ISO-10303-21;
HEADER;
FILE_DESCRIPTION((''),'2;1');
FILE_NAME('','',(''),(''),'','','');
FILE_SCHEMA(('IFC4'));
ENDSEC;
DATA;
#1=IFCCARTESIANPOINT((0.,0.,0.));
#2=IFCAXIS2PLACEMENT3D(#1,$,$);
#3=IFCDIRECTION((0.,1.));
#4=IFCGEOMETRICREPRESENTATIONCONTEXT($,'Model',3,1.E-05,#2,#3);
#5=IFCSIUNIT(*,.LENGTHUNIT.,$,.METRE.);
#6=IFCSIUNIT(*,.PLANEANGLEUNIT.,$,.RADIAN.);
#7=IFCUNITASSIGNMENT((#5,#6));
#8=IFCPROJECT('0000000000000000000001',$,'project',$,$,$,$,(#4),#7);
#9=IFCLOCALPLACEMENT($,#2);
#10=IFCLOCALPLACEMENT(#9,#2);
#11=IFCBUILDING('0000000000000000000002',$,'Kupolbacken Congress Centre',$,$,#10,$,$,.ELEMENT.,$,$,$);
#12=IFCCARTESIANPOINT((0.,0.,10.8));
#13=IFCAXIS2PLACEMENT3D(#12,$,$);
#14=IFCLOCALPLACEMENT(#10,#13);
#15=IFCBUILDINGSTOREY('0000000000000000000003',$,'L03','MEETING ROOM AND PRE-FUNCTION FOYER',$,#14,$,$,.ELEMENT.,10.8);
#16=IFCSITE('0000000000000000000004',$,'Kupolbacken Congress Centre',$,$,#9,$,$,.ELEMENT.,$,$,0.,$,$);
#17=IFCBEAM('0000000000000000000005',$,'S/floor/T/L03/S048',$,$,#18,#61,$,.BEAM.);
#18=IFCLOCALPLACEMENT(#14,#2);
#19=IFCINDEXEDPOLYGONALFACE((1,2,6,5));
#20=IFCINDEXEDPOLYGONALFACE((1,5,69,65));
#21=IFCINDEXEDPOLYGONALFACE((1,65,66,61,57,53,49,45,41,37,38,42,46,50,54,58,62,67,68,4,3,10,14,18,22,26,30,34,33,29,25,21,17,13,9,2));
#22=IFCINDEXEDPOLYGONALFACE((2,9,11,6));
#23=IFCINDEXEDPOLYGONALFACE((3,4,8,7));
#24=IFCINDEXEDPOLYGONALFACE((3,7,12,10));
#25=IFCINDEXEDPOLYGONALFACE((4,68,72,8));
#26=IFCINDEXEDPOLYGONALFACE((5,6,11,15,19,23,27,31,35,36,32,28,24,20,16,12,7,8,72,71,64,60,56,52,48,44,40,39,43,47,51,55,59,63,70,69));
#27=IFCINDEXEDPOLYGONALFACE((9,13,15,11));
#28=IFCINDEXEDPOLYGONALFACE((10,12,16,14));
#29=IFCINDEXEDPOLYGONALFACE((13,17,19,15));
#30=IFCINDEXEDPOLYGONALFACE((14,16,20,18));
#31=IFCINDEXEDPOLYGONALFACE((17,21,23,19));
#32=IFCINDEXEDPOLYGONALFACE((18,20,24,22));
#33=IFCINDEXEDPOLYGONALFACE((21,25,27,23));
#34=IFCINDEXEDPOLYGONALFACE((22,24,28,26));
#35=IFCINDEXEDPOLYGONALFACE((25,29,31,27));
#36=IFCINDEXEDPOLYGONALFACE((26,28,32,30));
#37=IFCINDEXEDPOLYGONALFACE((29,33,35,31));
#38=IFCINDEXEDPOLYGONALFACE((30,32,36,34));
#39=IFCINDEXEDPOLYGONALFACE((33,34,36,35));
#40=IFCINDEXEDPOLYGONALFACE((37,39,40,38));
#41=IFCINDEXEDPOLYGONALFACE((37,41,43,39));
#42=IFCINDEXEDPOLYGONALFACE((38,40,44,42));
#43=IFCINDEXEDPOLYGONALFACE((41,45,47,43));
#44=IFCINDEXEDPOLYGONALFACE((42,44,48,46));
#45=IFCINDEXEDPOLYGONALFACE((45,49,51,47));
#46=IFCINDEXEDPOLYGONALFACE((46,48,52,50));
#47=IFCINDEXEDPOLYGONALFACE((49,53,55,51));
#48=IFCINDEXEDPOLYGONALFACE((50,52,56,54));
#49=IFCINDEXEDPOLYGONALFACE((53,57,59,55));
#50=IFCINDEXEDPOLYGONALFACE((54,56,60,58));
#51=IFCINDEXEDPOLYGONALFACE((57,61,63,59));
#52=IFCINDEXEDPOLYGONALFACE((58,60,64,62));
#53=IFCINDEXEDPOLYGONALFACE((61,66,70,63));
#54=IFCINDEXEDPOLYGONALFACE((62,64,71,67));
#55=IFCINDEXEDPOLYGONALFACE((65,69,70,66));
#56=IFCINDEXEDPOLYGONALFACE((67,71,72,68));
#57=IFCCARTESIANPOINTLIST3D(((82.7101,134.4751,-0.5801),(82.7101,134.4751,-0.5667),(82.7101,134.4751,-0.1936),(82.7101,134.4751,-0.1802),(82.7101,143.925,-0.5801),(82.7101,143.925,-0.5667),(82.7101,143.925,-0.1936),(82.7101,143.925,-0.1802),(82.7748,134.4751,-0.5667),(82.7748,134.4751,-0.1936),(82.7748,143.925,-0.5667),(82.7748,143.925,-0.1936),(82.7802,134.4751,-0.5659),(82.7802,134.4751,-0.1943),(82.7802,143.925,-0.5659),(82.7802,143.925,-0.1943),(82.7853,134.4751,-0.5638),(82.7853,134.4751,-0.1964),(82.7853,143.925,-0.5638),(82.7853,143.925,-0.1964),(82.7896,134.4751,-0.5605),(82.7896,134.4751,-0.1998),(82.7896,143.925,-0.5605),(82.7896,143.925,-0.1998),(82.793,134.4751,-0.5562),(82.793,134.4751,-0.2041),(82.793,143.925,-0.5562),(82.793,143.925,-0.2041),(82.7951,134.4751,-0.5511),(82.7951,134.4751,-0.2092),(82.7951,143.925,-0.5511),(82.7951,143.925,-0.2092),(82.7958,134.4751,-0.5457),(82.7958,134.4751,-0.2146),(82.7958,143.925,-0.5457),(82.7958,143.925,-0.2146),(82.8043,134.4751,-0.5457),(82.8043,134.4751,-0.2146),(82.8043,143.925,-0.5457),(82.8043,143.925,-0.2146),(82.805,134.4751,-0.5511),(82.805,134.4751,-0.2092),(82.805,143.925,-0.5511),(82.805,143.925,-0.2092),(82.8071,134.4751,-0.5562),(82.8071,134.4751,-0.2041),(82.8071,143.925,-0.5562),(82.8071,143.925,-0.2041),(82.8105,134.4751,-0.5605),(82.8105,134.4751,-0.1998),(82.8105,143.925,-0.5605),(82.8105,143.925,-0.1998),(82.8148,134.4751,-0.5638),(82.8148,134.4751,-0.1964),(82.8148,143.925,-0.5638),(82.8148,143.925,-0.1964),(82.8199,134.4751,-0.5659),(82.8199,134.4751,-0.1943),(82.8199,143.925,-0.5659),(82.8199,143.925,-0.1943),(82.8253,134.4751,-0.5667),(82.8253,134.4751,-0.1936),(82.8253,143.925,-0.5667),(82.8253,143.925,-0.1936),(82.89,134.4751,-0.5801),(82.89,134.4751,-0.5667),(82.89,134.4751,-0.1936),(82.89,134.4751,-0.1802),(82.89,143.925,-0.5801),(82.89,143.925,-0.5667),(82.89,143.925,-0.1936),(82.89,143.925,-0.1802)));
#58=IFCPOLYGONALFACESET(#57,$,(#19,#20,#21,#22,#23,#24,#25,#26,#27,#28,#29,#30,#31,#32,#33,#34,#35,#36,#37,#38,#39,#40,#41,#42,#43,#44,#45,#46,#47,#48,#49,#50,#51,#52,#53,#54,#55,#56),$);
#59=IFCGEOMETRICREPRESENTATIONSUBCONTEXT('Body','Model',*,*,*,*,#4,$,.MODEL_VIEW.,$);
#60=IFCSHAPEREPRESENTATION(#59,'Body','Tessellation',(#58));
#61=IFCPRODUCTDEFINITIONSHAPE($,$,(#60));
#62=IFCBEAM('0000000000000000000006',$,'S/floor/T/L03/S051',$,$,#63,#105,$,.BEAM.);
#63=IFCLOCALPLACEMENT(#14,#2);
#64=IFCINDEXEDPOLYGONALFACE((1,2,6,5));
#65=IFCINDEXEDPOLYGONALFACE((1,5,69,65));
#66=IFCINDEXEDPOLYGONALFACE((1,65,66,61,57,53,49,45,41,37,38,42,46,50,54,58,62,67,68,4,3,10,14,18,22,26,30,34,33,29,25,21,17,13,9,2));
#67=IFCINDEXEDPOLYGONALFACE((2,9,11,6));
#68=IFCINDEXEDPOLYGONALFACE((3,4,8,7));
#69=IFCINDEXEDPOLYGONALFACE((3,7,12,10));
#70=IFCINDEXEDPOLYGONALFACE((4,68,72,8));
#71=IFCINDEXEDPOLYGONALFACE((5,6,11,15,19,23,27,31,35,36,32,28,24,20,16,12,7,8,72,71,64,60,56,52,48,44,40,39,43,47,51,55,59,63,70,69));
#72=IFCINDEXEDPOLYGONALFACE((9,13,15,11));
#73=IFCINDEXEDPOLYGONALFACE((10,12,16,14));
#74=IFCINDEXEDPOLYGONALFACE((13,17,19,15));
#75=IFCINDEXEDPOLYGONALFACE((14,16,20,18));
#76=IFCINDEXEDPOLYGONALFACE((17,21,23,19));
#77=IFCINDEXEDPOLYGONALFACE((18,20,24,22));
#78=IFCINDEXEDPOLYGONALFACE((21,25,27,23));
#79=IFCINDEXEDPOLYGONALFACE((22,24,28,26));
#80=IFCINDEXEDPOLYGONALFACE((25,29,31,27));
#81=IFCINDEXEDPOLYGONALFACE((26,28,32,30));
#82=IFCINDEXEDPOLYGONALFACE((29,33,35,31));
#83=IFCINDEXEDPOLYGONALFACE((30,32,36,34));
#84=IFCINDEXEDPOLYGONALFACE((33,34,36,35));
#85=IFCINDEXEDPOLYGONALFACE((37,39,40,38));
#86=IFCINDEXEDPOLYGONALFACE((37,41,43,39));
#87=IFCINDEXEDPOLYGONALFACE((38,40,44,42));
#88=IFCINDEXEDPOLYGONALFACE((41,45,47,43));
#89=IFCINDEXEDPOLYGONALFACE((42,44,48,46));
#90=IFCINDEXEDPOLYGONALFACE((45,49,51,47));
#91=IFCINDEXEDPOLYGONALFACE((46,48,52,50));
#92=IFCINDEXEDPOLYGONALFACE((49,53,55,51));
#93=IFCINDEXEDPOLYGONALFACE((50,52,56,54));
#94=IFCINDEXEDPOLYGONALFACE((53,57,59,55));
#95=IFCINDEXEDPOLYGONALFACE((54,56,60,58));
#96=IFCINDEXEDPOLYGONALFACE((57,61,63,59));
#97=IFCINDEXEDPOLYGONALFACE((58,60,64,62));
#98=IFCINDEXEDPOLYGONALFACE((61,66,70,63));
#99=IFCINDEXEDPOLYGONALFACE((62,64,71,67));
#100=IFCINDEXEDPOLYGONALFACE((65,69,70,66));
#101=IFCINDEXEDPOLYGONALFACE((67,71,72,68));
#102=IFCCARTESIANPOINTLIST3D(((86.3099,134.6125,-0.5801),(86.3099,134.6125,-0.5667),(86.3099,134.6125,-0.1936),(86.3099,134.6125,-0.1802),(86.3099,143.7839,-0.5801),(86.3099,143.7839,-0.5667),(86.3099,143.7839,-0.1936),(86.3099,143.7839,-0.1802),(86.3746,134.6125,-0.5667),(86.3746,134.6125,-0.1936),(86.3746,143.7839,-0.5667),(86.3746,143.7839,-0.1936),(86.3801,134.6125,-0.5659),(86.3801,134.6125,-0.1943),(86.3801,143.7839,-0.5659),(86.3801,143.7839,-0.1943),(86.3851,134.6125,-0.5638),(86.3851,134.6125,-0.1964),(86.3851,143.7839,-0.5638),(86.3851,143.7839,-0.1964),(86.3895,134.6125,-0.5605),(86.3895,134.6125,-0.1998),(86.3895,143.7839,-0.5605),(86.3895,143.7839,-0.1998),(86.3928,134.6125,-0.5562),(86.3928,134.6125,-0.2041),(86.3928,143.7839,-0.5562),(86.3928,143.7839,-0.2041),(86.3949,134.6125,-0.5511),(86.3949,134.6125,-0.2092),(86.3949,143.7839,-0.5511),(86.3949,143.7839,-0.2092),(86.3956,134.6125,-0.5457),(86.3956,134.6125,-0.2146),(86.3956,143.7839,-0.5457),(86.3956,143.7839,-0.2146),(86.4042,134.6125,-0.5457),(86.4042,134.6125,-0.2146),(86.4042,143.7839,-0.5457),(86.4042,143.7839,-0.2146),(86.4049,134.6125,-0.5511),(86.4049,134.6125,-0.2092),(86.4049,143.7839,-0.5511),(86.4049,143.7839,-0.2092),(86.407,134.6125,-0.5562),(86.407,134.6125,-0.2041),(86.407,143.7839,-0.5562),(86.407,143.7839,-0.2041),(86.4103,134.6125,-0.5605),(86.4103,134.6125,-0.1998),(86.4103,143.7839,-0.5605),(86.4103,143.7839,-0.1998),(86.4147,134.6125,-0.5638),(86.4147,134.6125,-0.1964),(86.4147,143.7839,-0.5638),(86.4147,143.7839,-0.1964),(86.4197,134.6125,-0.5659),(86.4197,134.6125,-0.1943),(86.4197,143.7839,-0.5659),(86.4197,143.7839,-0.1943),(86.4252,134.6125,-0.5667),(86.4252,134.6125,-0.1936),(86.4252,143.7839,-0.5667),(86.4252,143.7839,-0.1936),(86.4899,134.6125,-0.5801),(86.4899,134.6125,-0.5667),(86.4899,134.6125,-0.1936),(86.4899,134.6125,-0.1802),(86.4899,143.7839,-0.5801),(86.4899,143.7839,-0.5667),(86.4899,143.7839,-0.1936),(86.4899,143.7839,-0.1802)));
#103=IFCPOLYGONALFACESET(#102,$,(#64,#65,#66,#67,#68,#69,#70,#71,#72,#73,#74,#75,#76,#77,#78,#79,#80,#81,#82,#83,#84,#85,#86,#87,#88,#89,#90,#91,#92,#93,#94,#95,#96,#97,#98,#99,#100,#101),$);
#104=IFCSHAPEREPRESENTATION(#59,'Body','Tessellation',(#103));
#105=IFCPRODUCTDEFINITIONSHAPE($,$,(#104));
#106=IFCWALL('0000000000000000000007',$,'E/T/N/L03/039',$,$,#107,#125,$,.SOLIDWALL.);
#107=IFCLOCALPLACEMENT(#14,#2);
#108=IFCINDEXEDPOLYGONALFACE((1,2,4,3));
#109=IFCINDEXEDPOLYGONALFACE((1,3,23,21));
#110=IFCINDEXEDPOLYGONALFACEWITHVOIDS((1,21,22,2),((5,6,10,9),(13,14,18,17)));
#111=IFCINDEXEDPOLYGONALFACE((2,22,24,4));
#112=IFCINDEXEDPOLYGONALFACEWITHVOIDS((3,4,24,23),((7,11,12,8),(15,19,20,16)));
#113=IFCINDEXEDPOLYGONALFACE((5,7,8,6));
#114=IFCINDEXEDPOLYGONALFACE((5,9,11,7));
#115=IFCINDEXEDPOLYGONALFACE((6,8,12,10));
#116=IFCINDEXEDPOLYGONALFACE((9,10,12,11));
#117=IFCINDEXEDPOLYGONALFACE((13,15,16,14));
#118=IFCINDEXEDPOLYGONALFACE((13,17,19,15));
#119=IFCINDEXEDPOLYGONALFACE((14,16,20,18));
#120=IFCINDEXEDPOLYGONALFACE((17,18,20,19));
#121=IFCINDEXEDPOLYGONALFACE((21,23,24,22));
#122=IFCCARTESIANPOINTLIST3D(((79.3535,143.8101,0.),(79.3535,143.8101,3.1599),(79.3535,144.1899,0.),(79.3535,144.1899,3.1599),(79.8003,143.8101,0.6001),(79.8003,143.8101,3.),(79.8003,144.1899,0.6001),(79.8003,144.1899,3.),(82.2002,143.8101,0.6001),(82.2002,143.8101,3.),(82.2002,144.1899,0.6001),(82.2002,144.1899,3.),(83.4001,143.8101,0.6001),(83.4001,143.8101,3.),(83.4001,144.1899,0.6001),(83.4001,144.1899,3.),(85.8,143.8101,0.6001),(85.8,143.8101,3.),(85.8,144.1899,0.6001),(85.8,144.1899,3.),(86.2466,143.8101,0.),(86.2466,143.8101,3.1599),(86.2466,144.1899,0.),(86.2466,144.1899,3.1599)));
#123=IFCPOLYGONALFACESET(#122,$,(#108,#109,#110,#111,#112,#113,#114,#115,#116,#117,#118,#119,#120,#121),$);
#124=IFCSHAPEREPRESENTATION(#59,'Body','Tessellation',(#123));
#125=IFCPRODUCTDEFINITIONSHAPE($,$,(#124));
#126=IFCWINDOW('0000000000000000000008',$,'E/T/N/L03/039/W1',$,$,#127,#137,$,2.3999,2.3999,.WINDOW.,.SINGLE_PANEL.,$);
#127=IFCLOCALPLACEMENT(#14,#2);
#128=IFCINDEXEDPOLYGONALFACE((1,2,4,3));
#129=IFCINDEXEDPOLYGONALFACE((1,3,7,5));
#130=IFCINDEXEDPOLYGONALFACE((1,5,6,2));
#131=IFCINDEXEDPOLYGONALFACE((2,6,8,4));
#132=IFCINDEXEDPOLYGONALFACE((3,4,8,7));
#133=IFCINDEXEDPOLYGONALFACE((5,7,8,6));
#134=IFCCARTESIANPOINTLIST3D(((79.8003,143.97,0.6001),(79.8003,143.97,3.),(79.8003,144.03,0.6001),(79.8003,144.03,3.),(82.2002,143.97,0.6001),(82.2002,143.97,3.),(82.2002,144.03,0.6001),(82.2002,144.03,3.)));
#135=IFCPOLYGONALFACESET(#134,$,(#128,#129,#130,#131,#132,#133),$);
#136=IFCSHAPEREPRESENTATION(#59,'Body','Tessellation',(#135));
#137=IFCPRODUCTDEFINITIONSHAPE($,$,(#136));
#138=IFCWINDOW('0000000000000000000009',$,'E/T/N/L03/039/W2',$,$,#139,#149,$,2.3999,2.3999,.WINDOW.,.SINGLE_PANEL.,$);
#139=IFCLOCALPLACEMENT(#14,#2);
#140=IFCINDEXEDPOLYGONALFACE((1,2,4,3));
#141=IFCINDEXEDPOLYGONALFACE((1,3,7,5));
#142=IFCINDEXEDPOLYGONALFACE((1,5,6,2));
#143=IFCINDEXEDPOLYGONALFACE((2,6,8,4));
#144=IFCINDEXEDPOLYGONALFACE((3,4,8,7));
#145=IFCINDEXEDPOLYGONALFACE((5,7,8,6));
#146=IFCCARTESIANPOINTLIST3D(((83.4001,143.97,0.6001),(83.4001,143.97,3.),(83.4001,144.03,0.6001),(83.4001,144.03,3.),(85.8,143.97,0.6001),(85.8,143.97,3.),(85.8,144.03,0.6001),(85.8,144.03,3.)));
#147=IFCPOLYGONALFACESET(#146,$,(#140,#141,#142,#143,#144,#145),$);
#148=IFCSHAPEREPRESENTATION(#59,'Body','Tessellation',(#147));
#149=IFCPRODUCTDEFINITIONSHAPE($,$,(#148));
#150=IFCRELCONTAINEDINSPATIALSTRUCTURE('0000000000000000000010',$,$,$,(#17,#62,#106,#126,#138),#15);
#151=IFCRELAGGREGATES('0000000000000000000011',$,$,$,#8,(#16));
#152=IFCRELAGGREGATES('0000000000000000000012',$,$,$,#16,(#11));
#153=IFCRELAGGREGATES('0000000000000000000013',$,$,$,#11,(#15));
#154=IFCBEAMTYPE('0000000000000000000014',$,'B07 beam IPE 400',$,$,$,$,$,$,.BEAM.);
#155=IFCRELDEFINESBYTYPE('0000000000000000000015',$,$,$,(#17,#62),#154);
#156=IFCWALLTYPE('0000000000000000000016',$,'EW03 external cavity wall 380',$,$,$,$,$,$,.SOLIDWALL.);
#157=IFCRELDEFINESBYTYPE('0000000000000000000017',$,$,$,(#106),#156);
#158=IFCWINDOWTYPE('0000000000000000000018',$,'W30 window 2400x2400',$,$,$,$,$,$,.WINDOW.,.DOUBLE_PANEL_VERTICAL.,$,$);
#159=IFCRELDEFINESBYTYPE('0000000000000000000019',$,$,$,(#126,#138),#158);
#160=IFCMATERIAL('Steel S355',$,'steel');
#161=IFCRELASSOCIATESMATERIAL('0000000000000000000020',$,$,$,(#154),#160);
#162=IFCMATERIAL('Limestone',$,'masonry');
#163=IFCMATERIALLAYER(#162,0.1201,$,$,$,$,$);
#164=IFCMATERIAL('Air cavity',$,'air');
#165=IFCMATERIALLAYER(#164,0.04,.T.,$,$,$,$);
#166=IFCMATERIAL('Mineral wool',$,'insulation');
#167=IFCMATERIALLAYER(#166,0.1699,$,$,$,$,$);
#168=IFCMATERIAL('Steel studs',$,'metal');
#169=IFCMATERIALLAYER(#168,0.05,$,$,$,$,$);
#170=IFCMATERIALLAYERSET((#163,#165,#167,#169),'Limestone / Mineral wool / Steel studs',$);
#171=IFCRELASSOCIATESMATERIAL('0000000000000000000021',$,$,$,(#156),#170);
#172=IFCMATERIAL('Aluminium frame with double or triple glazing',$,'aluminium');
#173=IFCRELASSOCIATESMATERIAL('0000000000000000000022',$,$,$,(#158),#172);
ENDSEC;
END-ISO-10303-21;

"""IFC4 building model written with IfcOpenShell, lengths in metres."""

from ifc_helpers import new_model, si_unit, direction, frame, frame_2d, origin, origin_2d, place, context, subcontext, project, spatial, rectangle, i_section, extrude, material, layer, layer_set, material_profile, profile_set, type_object, element, fill, save


model = new_model("IFC4")

# Units and contexts
model_context = context("Model", 3, precision=1e-05, world=origin(), true_north=direction((0.0, 1.0)))
body_context = subcontext(model_context, "Body", "Model", "MODEL_VIEW")
ifc_project = project(units=[si_unit("LENGTHUNIT", "METRE"), si_unit("PLANEANGLEUNIT", "RADIAN")], contexts=[model_context])

# Site, building, storey
site_placement = place(None, origin())
site = spatial("IfcSite", under=ifc_project, at=site_placement, Name="Kupolbacken Congress Centre", CompositionType="ELEMENT", RefElevation=0.0)
building_placement = place(site_placement, origin())
building = spatial("IfcBuilding", under=site, at=building_placement, Name="Kupolbacken Congress Centre", CompositionType="ELEMENT")
storey_placement = place(building_placement, frame((0.0, 0.0, 10.8)))
storey = spatial("IfcBuildingStorey", under=building, at=storey_placement, Name="L03", Description="MEETING ROOM AND PRE-FUNCTION FOYER", CompositionType="ELEMENT", Elevation=10.8)

# Beams
ifc_material_1 = material(Name="Steel S355", Category="steel")
ifc_material_profile_1 = material_profile(ifc_material_1, i_section(OverallWidth=0.1799, OverallDepth=0.3999, WebThickness=0.0085, FlangeThickness=0.0134, FilletRadius=0.021, at=origin_2d()), Name="IPE 400")
ifc_profile_set_1 = profile_set([ifc_material_profile_1], Name="Steel S355")
beam_type_1 = type_object("IfcBeamType", Name="B07 beam IPE 400", PredefinedType="BEAM", material=ifc_profile_set_1)
beam_1_placement = place(storey_placement, frame((82.8, 134.4751, -0.3801), z_axis=(0.0, 1.0, 0.0), x_axis=(-1.0, 0.0, 0.0)))
element("IfcBeam", 1, at=beam_1_placement, inside=storey, type_object=beam_type_1, Name="S/floor/T/L03/S048", PredefinedType="BEAM", context=body_context, shape_type="SweptSolid", body=[
    extrude(i_section(OverallWidth=0.1799, OverallDepth=0.3999, WebThickness=0.0085, FlangeThickness=0.0134, FilletRadius=0.021, at=origin_2d()), origin(), (0.0, 0.0, 1.0), 9.45),
])
beam_2_placement = place(storey_placement, frame((86.3999, 134.6125, -0.3801), z_axis=(0.0, 1.0, 0.0), x_axis=(-1.0, 0.0, 0.0)))
element("IfcBeam", 2, at=beam_2_placement, inside=storey, type_object=beam_type_1, Name="S/floor/T/L03/S051", PredefinedType="BEAM", context=body_context, shape_type="SweptSolid", body=[
    extrude(i_section(OverallWidth=0.1799, OverallDepth=0.3999, WebThickness=0.0085, FlangeThickness=0.0134, FilletRadius=0.021, at=origin_2d()), origin(), (0.0, 0.0, 1.0), 9.1714),
])

# Wall, openings, windows
ifc_material_2 = material(Name="Limestone", Category="masonry")
ifc_layer_1 = layer(ifc_material_2, 0.1201)
ifc_material_3 = material(Name="Air cavity", Category="air")
ifc_layer_2 = layer(ifc_material_3, 0.04, ventilated=True)
ifc_material_4 = material(Name="Mineral wool", Category="insulation")
ifc_layer_3 = layer(ifc_material_4, 0.1699)
ifc_material_5 = material(Name="Steel studs", Category="metal")
ifc_layer_4 = layer(ifc_material_5, 0.05)
ifc_layer_set_1 = layer_set([ifc_layer_1, ifc_layer_2, ifc_layer_3, ifc_layer_4], Name="Limestone / Mineral wool / Steel studs")
wall_type_1 = type_object("IfcWallType", Name="EW03 external cavity wall 380", PredefinedType="SOLIDWALL", material=ifc_layer_set_1)
wall_1_placement = place(storey_placement, frame((86.2466, 144.0, 0.0), z_axis=(0.0, 0.0, 1.0), x_axis=(-1.0, 0.0, 0.0)))
wall_1 = element("IfcWall", 3, at=wall_1_placement, inside=storey, type_object=wall_type_1, Name="E/T/N/L03/039", PredefinedType="SOLIDWALL", context=body_context, shape_type="SweptSolid", body=[
    extrude(rectangle(XDim=6.8931, YDim=0.3799, at=frame_2d((3.4465, 0.0))), origin(), (0.0, 0.0, 1.0), 3.1599),
])
opening_1_placement = place(wall_1_placement, frame((4.0464, 0.0, 0.6001)))
opening_1 = element("IfcOpeningElement", 4, at=opening_1_placement, cuts=wall_1, PredefinedType="OPENING", context=body_context, shape_type="SweptSolid", body=[
    extrude(rectangle(XDim=2.3999, YDim=2.3999, at=frame_2d((1.2, 1.2))), frame((0.0, 0.2, 0.0), z_axis=(0.0, -1.0, 0.0), x_axis=(1.0, 0.0, 0.0)), (0.0, 0.0, 1.0), 0.3999),
])
opening_2_placement = place(wall_1_placement, frame((0.4465, 0.0, 0.6001)))
opening_2 = element("IfcOpeningElement", 5, at=opening_2_placement, cuts=wall_1, PredefinedType="OPENING", context=body_context, shape_type="SweptSolid", body=[
    extrude(rectangle(XDim=2.3999, YDim=2.3999, at=frame_2d((1.2, 1.2))), frame((0.0, 0.2, 0.0), z_axis=(0.0, -1.0, 0.0), x_axis=(1.0, 0.0, 0.0)), (0.0, 0.0, 1.0), 0.3999),
])
ifc_material_6 = material(Name="Aluminium frame with double or triple glazing", Category="aluminium")
window_type = type_object("IfcWindowType", Name="W30 window 2400x2400", PartitioningType="DOUBLE_PANEL_VERTICAL", PredefinedType="WINDOW", material=ifc_material_6)
window_1_placement = place(opening_1_placement, origin())
window_1 = element("IfcWindow", 6, at=window_1_placement, inside=storey, type_object=window_type, Name="E/T/N/L03/039/W1", OverallHeight=2.3999, OverallWidth=2.3999, PartitioningType="SINGLE_PANEL", PredefinedType="WINDOW", context=body_context, shape_type="SweptSolid", body=[
    extrude(rectangle(XDim=2.3999, YDim=2.3999, at=frame_2d((1.2, 1.2))), frame((0.0, 0.03, 0.0), z_axis=(0.0, -1.0, 0.0), x_axis=(1.0, 0.0, 0.0)), (0.0, 0.0, 1.0), 0.0601),
])
fill(opening_1, window_1)
window_2_placement = place(opening_2_placement, origin())
window_2 = element("IfcWindow", 7, at=window_2_placement, inside=storey, type_object=window_type, Name="E/T/N/L03/039/W2", OverallHeight=2.3999, OverallWidth=2.3999, PartitioningType="SINGLE_PANEL", PredefinedType="WINDOW", context=body_context, shape_type="SweptSolid", body=[
    extrude(rectangle(XDim=2.3999, YDim=2.3999, at=frame_2d((1.2, 1.2))), frame((0.0, 0.03, 0.0), z_axis=(0.0, -1.0, 0.0), x_axis=(1.0, 0.0, 0.0)), (0.0, 0.0, 1.0), 0.0601),
])
fill(opening_2, window_2)

save(model, "model.ifc")
